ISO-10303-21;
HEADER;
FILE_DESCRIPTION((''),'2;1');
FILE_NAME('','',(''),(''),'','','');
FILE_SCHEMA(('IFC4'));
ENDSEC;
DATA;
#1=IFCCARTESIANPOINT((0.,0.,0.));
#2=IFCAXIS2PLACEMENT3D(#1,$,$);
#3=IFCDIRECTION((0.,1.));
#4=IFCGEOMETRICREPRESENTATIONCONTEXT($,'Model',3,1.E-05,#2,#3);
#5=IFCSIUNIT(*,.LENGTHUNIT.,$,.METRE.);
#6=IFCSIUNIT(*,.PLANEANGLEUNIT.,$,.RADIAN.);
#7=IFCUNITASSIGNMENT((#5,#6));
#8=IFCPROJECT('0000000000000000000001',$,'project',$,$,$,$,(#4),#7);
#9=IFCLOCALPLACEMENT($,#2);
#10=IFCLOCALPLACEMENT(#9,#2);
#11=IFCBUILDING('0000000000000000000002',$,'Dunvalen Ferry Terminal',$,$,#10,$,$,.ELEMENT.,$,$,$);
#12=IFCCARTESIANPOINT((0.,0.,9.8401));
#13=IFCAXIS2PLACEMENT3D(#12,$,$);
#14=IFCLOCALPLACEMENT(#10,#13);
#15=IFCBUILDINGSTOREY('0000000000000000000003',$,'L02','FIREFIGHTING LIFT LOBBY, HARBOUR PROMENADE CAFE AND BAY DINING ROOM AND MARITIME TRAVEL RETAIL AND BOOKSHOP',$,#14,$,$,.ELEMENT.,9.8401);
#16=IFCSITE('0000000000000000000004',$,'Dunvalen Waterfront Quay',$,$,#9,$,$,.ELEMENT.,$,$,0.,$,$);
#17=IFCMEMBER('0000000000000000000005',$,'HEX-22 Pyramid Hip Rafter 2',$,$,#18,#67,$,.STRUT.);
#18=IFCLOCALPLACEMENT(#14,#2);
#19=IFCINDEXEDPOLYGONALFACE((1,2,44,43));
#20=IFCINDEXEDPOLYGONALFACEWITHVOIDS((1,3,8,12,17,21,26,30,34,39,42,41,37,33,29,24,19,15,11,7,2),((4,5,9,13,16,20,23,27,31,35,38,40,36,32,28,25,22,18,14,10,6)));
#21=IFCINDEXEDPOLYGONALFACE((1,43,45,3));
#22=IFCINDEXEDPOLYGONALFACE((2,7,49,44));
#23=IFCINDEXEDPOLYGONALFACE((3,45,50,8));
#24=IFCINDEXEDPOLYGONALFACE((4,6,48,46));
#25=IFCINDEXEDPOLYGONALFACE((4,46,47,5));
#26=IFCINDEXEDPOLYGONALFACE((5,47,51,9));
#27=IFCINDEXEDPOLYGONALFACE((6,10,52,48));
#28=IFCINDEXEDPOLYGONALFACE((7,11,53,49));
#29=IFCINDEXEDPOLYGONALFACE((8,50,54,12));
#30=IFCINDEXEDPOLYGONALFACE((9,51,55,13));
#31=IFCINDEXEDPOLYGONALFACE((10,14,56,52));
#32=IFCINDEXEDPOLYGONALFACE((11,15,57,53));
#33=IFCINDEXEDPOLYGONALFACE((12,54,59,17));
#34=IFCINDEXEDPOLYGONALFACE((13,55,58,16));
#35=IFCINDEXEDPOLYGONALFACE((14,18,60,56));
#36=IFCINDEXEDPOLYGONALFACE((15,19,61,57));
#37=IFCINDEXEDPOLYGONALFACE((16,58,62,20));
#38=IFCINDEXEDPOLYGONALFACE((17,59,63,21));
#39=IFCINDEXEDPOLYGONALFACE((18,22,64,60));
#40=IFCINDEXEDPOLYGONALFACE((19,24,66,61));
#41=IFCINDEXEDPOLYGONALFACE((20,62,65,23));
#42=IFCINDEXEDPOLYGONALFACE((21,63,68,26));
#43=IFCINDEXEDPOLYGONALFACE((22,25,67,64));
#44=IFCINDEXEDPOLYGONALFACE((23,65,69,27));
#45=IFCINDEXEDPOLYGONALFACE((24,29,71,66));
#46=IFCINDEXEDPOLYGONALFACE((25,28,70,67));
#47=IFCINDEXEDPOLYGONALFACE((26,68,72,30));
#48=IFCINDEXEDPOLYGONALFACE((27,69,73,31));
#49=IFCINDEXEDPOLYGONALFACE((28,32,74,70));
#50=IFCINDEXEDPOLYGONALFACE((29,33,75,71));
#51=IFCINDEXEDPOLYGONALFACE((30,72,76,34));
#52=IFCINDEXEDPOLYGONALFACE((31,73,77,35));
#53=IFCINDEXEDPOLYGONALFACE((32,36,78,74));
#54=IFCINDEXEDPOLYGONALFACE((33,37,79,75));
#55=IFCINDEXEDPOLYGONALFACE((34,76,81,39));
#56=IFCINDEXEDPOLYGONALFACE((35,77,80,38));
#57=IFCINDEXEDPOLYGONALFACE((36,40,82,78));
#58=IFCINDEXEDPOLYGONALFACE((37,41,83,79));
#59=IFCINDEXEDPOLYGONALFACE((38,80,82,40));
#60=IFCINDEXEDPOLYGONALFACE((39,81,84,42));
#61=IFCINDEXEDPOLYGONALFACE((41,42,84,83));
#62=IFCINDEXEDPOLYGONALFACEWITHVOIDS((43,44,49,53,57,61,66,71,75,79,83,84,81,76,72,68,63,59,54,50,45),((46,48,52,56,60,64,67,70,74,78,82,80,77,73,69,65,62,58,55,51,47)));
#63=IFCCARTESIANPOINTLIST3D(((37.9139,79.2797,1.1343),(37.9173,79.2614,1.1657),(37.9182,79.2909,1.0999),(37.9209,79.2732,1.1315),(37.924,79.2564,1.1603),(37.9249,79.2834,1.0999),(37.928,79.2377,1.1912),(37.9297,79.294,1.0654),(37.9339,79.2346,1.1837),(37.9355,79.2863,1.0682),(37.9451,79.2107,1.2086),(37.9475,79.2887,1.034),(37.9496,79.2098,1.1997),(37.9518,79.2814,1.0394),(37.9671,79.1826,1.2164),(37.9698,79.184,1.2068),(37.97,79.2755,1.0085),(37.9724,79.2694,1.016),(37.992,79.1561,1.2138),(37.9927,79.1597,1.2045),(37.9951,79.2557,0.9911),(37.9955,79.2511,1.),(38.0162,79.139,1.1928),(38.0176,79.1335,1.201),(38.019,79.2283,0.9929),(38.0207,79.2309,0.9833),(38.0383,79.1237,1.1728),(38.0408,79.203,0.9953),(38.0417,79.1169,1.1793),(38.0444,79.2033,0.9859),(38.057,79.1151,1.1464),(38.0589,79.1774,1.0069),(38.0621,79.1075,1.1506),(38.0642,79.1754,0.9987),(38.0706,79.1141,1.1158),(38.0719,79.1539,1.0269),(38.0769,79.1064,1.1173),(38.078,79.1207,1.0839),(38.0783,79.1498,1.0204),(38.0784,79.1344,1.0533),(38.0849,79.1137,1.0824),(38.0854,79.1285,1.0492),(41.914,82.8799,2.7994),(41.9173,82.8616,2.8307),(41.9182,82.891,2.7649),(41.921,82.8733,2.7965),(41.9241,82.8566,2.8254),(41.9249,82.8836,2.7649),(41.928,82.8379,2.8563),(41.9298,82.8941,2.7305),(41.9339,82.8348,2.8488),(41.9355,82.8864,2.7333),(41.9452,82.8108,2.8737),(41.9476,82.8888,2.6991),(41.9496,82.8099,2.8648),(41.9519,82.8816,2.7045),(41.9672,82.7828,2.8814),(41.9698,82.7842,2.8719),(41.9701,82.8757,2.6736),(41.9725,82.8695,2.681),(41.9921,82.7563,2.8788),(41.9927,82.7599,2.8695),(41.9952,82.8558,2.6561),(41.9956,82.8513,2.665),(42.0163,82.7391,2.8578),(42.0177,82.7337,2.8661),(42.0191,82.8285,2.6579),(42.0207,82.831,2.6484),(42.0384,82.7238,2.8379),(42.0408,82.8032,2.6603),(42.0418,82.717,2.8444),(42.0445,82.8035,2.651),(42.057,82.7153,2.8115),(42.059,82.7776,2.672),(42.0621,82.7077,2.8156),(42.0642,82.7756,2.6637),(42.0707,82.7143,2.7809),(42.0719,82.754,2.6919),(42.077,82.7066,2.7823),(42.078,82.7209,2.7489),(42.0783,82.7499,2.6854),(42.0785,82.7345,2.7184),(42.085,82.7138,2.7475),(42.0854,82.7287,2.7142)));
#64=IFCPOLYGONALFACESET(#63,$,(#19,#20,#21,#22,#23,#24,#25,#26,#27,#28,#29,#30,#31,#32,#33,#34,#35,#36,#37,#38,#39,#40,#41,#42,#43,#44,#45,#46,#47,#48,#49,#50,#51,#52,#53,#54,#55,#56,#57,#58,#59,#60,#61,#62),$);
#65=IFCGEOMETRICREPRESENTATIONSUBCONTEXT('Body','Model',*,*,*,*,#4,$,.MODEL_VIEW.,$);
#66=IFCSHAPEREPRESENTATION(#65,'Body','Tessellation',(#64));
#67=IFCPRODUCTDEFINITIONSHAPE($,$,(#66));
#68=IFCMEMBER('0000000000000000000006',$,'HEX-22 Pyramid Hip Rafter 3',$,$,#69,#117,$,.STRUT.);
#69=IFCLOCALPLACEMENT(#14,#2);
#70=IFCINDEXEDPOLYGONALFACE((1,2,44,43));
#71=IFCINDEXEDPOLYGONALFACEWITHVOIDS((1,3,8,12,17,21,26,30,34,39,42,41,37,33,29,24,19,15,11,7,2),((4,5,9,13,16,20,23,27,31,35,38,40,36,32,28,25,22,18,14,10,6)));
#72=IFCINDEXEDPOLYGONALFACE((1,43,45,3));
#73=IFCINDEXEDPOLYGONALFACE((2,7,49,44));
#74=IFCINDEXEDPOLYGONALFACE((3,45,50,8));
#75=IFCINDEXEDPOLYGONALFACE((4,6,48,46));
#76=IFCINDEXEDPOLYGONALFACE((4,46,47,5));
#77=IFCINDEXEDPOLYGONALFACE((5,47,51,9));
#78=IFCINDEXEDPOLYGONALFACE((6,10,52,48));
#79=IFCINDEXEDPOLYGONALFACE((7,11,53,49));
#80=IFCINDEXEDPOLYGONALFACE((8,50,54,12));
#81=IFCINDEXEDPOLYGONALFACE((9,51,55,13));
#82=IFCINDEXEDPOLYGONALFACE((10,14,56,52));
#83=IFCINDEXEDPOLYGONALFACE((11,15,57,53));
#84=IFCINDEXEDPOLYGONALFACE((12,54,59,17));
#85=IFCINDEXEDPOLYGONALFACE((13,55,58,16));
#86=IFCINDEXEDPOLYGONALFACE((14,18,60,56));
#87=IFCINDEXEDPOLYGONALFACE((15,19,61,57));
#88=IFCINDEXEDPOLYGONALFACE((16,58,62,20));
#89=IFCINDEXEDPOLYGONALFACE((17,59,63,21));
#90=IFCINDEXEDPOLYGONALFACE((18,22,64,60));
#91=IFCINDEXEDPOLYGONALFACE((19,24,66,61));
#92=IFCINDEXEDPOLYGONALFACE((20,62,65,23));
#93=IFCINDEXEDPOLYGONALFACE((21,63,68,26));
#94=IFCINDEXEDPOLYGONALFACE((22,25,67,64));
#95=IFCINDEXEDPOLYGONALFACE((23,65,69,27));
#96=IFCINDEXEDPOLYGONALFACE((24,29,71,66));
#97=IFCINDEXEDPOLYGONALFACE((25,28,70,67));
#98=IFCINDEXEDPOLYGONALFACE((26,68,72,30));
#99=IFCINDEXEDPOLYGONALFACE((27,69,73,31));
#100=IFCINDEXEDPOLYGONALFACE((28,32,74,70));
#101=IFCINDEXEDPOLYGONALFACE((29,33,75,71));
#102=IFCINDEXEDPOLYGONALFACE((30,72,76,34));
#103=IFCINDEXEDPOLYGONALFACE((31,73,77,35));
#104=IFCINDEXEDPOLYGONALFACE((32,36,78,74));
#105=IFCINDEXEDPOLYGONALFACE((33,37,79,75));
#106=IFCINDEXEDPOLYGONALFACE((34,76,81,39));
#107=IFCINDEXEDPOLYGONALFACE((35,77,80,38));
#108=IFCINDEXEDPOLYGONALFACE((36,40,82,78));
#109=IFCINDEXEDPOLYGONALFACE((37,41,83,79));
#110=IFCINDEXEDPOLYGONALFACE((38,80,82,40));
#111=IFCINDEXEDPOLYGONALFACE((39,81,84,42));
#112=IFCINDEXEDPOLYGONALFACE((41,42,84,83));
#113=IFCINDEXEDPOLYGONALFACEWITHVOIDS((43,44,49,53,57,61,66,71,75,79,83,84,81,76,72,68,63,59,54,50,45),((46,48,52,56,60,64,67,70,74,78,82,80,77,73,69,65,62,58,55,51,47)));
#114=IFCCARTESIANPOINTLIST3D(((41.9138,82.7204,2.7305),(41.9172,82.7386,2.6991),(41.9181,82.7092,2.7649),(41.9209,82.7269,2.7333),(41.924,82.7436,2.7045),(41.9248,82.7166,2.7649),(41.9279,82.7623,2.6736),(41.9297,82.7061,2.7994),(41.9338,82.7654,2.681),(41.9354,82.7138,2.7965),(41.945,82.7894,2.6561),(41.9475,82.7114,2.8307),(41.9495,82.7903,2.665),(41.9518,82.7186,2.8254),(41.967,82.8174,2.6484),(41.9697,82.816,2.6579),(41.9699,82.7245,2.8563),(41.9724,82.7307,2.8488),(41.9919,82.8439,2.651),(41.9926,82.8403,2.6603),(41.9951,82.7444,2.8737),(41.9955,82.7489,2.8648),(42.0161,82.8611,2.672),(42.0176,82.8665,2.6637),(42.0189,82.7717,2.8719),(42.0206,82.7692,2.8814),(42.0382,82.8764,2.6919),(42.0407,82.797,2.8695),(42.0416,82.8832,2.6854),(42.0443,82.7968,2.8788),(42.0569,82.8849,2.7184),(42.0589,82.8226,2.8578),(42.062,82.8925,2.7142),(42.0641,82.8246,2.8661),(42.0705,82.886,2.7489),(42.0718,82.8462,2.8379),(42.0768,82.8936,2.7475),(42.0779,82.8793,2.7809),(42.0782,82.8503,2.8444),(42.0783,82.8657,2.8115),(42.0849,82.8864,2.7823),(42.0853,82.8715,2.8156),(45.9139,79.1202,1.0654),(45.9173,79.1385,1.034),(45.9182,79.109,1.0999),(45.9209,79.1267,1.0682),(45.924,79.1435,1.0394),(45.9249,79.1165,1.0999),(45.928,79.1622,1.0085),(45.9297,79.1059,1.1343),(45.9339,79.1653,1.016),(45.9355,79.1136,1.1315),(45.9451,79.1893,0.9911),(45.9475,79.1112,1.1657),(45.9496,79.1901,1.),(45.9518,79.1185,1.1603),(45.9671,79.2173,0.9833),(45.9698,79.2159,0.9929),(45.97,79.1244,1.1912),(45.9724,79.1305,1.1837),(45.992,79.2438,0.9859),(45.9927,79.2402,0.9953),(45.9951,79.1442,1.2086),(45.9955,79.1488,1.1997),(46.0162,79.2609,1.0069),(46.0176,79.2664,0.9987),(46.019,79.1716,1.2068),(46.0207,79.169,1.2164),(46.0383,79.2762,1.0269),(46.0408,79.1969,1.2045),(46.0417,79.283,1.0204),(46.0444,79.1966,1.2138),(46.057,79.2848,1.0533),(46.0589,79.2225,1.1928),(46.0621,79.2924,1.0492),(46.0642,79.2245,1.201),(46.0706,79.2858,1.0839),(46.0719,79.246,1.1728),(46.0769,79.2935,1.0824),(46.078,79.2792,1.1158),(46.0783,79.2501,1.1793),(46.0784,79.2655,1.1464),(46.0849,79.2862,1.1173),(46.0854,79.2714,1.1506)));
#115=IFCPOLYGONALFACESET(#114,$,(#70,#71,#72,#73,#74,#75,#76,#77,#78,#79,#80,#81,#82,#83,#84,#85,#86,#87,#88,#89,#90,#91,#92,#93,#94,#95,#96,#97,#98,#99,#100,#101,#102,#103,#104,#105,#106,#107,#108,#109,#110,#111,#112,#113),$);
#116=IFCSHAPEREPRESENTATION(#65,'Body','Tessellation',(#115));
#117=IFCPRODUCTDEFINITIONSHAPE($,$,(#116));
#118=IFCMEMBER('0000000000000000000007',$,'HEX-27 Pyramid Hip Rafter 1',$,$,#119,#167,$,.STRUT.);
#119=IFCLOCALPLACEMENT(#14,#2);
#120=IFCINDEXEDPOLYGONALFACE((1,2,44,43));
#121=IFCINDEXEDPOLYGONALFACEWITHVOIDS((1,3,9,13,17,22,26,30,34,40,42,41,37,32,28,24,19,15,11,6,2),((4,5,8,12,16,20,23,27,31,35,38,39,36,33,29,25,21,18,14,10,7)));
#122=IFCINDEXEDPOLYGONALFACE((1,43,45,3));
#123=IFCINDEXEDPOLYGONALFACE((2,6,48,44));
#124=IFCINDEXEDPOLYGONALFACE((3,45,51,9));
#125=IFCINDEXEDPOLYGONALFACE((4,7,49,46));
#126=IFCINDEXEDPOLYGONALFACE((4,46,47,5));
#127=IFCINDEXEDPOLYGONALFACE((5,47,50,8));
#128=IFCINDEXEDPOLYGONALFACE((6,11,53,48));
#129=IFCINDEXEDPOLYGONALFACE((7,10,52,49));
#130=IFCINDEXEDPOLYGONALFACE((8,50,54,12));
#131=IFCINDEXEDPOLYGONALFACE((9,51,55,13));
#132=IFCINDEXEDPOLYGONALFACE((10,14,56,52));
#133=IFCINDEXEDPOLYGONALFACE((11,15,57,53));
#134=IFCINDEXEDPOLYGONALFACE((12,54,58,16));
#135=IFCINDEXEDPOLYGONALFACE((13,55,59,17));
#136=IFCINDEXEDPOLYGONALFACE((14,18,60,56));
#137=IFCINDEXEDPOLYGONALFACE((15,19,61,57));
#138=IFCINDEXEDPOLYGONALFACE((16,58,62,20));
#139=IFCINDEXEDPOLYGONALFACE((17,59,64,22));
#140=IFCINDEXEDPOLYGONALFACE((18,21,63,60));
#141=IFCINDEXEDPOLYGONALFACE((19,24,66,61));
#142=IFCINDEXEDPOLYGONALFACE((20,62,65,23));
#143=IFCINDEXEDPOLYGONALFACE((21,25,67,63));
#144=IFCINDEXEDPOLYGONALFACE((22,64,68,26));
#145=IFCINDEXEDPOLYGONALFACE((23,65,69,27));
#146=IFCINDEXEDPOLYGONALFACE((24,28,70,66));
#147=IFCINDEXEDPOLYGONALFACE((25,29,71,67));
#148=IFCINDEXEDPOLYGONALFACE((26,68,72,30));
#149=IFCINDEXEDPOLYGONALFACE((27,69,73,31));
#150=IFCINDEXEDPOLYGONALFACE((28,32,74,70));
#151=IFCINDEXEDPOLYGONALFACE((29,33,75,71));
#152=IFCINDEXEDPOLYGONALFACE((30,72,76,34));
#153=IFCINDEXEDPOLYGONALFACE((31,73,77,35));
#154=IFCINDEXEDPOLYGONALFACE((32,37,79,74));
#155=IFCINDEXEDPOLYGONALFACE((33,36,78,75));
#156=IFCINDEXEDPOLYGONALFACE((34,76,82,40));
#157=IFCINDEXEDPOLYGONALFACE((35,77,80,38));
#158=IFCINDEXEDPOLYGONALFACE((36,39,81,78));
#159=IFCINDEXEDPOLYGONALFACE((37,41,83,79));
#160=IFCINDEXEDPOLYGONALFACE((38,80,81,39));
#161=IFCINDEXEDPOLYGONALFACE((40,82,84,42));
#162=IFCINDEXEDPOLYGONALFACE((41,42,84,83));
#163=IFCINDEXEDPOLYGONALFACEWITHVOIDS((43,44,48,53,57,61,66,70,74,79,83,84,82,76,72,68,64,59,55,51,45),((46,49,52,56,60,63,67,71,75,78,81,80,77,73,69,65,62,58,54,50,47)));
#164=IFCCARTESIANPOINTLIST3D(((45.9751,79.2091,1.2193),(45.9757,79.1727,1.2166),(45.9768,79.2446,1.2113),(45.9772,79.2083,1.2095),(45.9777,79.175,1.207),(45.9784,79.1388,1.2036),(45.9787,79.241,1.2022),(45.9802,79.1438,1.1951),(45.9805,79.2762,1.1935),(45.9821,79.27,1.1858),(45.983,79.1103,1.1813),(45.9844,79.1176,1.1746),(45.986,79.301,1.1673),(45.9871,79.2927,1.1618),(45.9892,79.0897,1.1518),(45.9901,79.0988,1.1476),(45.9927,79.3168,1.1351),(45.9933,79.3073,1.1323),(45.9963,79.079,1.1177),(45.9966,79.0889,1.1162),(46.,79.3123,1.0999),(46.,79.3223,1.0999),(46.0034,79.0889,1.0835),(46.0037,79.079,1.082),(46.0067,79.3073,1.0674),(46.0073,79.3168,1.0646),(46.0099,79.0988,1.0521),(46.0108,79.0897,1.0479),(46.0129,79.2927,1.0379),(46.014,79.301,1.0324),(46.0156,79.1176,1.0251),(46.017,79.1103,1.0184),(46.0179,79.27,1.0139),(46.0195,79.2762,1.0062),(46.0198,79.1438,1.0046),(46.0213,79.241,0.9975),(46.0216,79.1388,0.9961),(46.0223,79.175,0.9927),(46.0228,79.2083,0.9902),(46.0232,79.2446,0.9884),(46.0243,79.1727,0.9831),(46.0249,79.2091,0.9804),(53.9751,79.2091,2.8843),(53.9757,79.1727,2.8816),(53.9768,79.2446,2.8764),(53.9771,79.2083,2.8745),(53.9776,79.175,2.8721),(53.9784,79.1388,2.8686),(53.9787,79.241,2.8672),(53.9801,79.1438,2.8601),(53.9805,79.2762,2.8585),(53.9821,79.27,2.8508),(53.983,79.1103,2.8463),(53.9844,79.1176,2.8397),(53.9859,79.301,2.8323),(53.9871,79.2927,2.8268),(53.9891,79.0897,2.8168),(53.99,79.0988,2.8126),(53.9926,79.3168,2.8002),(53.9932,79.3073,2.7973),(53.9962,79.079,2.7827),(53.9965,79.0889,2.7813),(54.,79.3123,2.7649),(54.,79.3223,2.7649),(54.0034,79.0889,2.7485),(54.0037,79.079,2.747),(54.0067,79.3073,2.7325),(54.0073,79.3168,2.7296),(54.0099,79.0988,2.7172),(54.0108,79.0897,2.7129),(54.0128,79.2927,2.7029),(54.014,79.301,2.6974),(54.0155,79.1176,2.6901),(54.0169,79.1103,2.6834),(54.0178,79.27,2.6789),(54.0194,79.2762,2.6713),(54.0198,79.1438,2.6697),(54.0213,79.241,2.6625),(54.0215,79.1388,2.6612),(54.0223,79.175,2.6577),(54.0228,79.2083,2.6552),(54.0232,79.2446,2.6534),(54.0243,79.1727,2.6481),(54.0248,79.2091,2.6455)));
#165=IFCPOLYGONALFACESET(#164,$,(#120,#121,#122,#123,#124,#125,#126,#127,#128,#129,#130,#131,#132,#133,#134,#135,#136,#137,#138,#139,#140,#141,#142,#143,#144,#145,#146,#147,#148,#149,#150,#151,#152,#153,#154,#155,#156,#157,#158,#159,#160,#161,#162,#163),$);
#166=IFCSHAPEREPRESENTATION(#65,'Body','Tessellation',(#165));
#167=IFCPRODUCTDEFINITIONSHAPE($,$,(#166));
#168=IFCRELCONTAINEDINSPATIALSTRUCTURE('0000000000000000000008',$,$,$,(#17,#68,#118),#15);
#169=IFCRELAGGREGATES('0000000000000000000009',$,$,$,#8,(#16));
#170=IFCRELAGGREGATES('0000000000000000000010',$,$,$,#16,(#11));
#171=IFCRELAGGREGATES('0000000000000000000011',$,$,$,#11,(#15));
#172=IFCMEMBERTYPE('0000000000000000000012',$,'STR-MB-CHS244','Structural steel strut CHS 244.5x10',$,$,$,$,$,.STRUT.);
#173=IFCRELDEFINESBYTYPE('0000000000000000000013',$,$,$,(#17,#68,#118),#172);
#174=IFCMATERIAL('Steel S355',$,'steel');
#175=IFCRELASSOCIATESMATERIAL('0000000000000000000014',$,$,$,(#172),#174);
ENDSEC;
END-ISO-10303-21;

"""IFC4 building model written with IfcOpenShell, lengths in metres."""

from ifc_helpers import new_model, si_unit, direction, frame, origin, origin_2d, place, context, subcontext, project, spatial, hollow_circle, extrude, material, material_profile, profile_set, type_object, element, save


model = new_model("IFC4")

# Units and contexts
model_context = context("Model", 3, precision=1e-05, world=origin(), true_north=direction((0.0, 1.0)))
body_context = subcontext(model_context, "Body", "Model", "MODEL_VIEW")
ifc_project = project(units=[si_unit("LENGTHUNIT", "METRE"), si_unit("PLANEANGLEUNIT", "RADIAN")], contexts=[model_context])

# Site, building, storey
site_placement = place(None, origin())
site = spatial("IfcSite", under=ifc_project, at=site_placement, Name="Dunvalen Waterfront Quay", CompositionType="ELEMENT", RefElevation=0.0)
building_placement = place(site_placement, origin())
building = spatial("IfcBuilding", under=site, at=building_placement, Name="Dunvalen Ferry Terminal", CompositionType="ELEMENT")
storey_placement = place(building_placement, frame((0.0, 0.0, 9.8401)))
storey = spatial("IfcBuildingStorey", under=building, at=storey_placement, Name="L02", Description="FIREFIGHTING LIFT LOBBY, HARBOUR PROMENADE CAFE AND BAY DINING ROOM AND MARITIME TRAVEL RETAIL AND BOOKSHOP", CompositionType="ELEMENT", Elevation=9.8401)

# Shared definitions
ifc_material_1 = material(Name="Steel S355", Category="steel")

# Members
ifc_material_profile_1 = material_profile(ifc_material_1, hollow_circle(Radius=0.1223, WallThickness=0.01, at=origin_2d()), Name="Steel S355")
ifc_profile_set_1 = profile_set([ifc_material_profile_1], Name="Steel S355")
member_type_1 = type_object("IfcMemberType", Name="STR-MB-CHS244", Description="Structural steel strut CHS 244.5x10", PredefinedType="STRUT", material=ifc_profile_set_1)
for number, where, z_axis, x_axis, name in (
    (1, (38.0, 79.2, 1.0999), (0.710075, 0.639085, 0.295576), (-0.668975, 0.743285, 0.0), "HEX-22 Pyramid Hip Rafter 2"),
    (2, (46.0, 79.2, 1.0999), (-0.710075, 0.639085, 0.295576), (-0.668975, -0.743285, 0.0), "HEX-22 Pyramid Hip Rafter 3"),
):
    element("IfcMember", number, at=place(storey_placement, frame(where, z_axis=z_axis, x_axis=x_axis)), inside=storey, type_object=member_type_1, Name=name, PredefinedType="STRUT", context=body_context, shape_type="SweptSolid", body=[
        extrude(hollow_circle(Radius=0.1223, WallThickness=0.01, at=origin_2d()), origin(), (0.0, 0.0, 1.0), 5.6333),
    ])
member_1_placement = place(storey_placement, frame((46.0, 79.2, 1.0999), z_axis=(0.97902, 0.0, 0.203763), x_axis=(0.0, 1.0, 0.0)))
element("IfcMember", 3, at=member_1_placement, inside=storey, type_object=member_type_1, Name="HEX-27 Pyramid Hip Rafter 1", PredefinedType="STRUT", context=body_context, shape_type="SweptSolid", body=[
    extrude(hollow_circle(Radius=0.1223, WallThickness=0.01, at=origin_2d()), origin(), (0.0, 0.0, 1.0), 8.1714),
])

save(model, "model.ifc")
